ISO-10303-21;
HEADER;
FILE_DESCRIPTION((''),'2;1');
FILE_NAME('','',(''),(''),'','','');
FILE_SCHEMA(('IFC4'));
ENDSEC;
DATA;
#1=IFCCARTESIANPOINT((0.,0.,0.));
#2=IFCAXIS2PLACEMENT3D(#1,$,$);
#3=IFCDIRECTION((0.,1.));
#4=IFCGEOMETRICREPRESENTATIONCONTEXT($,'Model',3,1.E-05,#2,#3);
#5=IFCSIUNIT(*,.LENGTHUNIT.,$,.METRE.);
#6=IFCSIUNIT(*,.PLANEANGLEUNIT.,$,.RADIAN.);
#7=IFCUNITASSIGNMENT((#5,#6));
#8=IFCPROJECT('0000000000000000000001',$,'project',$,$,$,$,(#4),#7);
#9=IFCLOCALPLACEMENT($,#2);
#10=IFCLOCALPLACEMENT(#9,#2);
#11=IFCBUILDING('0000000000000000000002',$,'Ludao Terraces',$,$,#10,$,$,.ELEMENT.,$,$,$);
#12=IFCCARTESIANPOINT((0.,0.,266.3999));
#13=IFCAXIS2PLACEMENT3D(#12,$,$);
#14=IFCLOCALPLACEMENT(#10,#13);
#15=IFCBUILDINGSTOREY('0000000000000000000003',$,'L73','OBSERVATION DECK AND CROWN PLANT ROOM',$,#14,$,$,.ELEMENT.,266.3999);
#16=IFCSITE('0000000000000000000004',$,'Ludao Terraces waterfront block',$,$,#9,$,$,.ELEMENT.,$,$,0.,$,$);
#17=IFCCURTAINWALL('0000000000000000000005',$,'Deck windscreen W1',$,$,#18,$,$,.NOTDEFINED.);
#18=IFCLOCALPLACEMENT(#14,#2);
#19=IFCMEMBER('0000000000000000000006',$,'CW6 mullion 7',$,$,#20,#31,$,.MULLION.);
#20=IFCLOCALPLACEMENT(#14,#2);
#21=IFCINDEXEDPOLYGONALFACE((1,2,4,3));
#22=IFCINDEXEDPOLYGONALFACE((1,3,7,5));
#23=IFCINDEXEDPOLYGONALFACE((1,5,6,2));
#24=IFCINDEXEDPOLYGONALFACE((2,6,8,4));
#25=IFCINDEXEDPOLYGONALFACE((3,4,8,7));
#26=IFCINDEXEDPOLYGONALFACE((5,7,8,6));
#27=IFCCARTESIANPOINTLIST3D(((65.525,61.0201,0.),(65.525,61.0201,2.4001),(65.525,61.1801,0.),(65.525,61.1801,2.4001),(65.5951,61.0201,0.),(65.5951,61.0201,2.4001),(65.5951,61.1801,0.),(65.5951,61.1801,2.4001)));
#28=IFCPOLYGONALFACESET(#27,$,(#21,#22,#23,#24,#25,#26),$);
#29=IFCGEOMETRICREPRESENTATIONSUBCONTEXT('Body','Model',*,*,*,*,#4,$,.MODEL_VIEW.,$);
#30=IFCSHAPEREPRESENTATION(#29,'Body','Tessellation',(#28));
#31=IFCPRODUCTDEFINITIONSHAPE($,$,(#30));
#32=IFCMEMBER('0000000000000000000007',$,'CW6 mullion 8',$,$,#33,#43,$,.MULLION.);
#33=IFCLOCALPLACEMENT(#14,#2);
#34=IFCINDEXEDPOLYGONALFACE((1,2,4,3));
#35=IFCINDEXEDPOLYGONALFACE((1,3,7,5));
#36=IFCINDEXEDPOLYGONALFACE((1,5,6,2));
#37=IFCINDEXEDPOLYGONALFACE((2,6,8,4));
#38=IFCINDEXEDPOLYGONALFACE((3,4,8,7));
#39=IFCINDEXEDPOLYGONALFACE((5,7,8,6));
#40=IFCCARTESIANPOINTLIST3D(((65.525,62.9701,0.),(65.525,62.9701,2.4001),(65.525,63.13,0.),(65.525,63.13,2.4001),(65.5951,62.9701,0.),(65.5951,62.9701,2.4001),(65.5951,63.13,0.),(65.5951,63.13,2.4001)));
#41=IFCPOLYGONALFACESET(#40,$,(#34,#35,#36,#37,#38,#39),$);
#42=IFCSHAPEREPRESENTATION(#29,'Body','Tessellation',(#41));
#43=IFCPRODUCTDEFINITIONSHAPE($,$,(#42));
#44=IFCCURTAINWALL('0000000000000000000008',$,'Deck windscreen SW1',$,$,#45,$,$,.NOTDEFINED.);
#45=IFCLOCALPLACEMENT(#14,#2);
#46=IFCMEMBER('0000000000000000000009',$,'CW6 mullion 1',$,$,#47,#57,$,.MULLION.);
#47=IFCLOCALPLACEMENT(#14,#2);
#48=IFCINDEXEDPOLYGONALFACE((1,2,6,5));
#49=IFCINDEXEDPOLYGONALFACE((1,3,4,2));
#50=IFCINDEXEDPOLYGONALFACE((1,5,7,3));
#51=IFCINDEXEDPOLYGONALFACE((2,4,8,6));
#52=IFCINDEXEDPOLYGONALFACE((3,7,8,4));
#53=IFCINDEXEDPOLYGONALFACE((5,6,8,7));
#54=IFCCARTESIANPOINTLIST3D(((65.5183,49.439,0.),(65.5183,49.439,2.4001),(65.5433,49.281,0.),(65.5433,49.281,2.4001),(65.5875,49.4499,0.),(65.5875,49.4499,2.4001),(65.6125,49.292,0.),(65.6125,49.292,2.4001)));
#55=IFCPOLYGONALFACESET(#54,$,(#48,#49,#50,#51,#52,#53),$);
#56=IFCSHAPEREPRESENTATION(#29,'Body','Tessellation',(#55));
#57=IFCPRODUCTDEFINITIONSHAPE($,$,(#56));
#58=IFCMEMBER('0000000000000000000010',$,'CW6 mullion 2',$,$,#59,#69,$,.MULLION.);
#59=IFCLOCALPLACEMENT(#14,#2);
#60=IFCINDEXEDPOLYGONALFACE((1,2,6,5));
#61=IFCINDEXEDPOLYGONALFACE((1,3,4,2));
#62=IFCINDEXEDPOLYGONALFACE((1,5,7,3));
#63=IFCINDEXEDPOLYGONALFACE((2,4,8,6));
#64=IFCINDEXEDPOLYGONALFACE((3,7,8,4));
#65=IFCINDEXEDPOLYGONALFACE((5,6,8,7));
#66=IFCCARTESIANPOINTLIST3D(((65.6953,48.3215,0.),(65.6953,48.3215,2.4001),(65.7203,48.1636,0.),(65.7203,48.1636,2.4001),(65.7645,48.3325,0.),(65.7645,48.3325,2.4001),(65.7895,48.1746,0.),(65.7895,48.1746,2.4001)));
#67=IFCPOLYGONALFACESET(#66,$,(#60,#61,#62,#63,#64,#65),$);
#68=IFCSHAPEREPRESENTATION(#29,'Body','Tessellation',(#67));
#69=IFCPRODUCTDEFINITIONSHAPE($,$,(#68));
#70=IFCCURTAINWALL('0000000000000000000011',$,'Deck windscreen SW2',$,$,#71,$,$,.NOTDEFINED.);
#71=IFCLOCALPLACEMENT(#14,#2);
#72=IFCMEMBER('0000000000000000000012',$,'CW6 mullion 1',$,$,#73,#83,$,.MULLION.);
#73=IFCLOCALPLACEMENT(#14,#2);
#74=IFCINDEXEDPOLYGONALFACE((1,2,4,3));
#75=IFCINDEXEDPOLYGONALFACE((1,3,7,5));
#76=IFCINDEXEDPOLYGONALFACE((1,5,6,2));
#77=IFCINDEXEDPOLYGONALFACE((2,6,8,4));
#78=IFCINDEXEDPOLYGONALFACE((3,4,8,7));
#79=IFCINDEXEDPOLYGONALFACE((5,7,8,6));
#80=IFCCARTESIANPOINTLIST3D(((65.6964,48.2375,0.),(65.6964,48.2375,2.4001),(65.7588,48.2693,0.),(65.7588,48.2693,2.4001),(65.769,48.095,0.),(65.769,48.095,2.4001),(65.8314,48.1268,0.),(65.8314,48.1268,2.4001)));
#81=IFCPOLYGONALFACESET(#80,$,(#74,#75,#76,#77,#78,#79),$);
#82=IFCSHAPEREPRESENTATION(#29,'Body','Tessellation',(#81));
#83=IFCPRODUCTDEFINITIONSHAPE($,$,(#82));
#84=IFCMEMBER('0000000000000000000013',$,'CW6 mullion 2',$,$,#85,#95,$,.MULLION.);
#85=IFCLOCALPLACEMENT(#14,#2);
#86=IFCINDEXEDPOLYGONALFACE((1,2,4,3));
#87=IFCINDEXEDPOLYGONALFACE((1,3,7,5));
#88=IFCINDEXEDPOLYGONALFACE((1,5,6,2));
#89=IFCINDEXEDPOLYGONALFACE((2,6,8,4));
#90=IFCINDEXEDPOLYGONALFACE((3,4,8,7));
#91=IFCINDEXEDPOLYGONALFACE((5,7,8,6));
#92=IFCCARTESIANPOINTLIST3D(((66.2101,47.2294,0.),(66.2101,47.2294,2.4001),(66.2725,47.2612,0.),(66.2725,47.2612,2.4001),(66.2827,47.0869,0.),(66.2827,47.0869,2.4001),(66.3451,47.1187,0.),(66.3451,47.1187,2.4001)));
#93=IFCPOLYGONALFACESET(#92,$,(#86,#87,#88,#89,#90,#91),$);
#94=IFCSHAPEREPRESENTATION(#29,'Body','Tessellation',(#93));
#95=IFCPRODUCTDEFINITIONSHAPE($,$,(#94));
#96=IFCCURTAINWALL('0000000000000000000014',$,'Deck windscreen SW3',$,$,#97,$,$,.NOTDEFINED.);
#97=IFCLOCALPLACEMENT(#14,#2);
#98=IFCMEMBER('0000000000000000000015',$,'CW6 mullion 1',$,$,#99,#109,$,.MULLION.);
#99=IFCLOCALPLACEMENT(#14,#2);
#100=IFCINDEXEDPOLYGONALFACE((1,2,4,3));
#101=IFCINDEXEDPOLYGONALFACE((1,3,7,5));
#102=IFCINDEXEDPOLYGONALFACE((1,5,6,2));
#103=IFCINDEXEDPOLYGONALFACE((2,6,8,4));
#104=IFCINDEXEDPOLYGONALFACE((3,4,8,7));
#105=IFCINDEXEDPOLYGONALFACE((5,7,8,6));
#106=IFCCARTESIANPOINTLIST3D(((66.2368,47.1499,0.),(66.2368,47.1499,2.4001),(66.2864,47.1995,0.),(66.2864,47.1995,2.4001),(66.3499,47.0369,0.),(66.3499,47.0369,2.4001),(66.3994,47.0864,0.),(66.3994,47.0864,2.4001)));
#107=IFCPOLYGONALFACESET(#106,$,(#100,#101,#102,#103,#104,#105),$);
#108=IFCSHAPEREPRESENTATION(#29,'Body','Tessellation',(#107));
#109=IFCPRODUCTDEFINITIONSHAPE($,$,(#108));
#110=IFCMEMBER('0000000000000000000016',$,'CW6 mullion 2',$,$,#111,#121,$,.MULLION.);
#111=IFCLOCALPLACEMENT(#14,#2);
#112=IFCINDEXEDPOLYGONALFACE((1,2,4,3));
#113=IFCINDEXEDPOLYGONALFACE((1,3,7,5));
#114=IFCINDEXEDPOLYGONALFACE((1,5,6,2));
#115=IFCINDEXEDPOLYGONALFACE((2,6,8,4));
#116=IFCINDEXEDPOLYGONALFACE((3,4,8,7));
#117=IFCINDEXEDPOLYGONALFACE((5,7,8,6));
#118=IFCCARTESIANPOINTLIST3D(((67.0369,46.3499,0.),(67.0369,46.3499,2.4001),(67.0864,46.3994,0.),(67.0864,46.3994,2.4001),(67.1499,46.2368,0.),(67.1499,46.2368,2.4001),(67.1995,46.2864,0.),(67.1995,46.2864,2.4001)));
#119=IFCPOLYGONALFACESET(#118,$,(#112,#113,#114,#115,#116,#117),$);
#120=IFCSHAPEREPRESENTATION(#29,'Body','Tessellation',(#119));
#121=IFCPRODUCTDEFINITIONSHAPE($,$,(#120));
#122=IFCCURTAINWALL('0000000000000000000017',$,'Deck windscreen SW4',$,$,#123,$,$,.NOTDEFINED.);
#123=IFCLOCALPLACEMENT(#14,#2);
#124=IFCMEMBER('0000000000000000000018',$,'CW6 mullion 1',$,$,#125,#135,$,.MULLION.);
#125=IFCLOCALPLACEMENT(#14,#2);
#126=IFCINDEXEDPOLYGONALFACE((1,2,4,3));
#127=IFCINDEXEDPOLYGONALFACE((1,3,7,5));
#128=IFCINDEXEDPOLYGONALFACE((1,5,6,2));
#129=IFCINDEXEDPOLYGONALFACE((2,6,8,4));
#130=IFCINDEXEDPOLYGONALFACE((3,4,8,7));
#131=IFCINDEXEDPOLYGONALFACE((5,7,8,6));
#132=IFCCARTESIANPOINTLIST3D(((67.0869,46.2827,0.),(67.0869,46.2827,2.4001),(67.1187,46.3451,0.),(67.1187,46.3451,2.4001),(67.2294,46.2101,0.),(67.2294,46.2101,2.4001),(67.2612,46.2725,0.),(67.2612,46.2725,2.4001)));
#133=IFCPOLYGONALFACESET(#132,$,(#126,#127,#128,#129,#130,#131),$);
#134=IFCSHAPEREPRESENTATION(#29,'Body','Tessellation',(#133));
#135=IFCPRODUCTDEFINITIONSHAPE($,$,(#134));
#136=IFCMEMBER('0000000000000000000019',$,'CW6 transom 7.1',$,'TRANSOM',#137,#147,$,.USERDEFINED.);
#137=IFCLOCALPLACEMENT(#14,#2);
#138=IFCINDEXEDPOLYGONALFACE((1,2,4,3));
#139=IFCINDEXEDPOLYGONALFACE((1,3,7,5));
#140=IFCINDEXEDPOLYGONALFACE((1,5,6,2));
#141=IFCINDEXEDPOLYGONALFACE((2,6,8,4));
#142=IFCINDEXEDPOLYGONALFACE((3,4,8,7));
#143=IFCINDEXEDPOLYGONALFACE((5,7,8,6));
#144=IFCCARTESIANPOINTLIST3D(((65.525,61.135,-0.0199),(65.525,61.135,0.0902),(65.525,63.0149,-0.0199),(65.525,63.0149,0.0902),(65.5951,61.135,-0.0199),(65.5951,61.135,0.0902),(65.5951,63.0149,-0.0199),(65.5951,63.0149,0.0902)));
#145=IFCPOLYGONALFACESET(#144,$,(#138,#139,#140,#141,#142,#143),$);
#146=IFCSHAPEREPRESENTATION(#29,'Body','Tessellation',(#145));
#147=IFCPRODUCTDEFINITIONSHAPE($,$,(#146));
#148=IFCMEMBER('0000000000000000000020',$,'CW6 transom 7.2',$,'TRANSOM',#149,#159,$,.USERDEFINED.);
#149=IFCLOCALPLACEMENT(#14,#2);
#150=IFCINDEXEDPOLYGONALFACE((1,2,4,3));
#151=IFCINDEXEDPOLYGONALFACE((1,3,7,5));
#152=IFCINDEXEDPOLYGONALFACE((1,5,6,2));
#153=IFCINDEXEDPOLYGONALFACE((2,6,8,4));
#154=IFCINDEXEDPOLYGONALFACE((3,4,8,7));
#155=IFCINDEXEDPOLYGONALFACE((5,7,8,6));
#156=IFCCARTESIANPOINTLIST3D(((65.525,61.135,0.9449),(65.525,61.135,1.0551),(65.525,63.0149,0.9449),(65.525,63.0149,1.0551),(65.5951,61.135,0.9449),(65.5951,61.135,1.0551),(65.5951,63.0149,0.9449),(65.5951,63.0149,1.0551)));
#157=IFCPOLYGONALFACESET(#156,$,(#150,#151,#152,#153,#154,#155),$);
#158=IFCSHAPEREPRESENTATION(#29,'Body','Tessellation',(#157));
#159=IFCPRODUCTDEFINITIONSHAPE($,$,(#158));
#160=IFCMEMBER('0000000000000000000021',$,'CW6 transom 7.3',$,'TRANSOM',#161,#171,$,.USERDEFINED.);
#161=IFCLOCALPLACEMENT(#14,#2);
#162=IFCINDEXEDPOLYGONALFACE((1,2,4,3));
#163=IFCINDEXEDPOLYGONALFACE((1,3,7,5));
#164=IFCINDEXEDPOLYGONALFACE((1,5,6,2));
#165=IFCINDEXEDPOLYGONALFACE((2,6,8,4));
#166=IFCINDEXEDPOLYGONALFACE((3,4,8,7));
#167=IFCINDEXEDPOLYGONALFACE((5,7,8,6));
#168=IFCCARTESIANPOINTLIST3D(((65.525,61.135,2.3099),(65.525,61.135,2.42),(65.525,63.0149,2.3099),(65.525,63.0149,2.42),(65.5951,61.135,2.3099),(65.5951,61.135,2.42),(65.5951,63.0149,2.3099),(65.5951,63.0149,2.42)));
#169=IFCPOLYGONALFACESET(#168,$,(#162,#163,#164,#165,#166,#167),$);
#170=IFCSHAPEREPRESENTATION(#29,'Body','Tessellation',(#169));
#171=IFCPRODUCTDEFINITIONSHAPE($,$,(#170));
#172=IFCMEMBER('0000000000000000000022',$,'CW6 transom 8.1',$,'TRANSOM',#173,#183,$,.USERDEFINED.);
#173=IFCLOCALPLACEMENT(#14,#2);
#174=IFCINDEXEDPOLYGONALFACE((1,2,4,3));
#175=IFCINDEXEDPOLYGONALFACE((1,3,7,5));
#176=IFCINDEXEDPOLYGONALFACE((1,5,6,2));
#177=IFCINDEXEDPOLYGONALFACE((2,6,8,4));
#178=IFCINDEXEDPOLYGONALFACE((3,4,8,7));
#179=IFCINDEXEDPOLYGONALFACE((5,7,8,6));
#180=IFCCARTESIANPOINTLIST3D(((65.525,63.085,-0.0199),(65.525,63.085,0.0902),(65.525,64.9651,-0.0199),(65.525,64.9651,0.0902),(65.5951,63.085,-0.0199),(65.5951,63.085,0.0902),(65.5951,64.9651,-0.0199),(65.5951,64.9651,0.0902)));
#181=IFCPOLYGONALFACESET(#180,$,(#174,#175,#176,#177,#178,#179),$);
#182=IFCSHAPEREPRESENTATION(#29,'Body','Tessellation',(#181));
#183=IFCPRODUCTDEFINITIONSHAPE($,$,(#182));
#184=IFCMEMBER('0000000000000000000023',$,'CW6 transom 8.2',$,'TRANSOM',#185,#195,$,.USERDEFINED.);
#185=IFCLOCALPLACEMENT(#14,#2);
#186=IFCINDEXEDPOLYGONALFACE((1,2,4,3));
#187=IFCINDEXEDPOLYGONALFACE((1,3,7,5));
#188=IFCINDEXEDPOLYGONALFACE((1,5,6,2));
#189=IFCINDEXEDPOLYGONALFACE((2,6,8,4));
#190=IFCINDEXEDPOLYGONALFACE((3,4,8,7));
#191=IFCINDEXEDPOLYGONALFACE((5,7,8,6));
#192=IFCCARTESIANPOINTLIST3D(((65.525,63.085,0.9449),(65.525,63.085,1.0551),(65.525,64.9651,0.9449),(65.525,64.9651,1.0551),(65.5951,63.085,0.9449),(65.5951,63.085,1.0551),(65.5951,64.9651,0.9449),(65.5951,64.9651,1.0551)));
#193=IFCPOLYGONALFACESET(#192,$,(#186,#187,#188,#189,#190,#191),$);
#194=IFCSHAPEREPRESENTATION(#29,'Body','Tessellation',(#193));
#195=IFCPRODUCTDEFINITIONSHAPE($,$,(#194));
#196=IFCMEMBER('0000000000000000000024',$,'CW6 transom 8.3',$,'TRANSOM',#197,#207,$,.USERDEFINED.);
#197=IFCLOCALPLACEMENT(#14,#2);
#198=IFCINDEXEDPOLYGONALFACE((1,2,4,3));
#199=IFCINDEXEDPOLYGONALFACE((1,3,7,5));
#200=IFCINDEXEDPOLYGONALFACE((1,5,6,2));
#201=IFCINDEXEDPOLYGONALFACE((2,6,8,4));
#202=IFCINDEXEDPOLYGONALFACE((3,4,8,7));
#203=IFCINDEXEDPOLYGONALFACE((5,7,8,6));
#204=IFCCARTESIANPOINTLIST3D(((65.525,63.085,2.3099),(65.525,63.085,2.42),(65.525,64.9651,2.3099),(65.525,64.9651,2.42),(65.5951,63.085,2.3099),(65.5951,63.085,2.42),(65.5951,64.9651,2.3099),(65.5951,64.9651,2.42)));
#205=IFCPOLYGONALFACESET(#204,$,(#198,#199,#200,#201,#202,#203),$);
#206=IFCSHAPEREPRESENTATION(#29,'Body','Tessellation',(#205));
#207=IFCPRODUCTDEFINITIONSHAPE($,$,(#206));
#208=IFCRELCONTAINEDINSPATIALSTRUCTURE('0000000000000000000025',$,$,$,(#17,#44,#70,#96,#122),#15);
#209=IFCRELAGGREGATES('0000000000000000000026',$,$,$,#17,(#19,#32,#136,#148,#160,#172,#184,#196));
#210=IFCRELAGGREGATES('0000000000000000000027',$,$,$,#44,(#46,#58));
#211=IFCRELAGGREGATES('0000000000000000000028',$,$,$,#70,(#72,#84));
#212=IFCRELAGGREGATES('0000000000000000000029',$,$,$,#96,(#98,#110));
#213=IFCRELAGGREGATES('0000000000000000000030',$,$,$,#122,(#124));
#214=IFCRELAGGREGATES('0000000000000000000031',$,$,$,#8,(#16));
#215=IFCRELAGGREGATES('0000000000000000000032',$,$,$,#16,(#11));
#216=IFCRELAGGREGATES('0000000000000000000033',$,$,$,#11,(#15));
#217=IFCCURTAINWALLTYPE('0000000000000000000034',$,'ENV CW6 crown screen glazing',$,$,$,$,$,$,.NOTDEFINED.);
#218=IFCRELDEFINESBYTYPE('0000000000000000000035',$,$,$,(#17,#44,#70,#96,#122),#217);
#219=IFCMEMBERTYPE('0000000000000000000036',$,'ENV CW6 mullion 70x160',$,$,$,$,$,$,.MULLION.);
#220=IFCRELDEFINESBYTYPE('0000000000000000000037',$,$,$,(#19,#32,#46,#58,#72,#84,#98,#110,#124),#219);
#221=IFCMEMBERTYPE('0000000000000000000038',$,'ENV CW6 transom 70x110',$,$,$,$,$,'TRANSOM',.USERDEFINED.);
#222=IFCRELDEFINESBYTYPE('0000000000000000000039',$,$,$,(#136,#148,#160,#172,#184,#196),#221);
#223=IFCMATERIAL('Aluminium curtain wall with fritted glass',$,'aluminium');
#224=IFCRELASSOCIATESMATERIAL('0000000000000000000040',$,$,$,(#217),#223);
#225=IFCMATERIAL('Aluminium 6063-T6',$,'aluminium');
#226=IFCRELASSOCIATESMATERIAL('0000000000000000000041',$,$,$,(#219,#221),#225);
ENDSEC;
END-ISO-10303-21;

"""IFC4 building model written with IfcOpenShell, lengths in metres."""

from ifc_helpers import new_model, si_unit, direction, frame, origin, origin_2d, place, context, subcontext, project, spatial, rectangle, extrude, material, material_profile, profile_set, type_object, element, aggregate, save


model = new_model("IFC4")

# Units and contexts
model_context = context("Model", 3, precision=1e-05, world=origin(), true_north=direction((0.0, 1.0)))
body_context = subcontext(model_context, "Body", "Model", "MODEL_VIEW")
ifc_project = project(units=[si_unit("LENGTHUNIT", "METRE"), si_unit("PLANEANGLEUNIT", "RADIAN")], contexts=[model_context])

# Site, building, storey
site_placement = place(None, origin())
site = spatial("IfcSite", under=ifc_project, at=site_placement, Name="Ludao Terraces waterfront block", CompositionType="ELEMENT", RefElevation=0.0)
building_placement = place(site_placement, origin())
building = spatial("IfcBuilding", under=site, at=building_placement, Name="Ludao Terraces", CompositionType="ELEMENT")
storey_placement = place(building_placement, frame((0.0, 0.0, 266.3999)))
storey = spatial("IfcBuildingStorey", under=building, at=storey_placement, Name="L73", Description="OBSERVATION DECK AND CROWN PLANT ROOM", CompositionType="ELEMENT", Elevation=266.3999)

# Curtain walls, members
ifc_material_1 = material(Name="Aluminium curtain wall with fritted glass", Category="aluminium")
curtain_wall_type = type_object("IfcCurtainWallType", Name="ENV CW6 crown screen glazing", PredefinedType="NOTDEFINED", material=ifc_material_1)
curtain_wall_1_placement = place(storey_placement, origin())
curtain_wall_1 = element("IfcCurtainWall", 1, at=curtain_wall_1_placement, inside=storey, type_object=curtain_wall_type, Name="Deck windscreen W1", PredefinedType="NOTDEFINED")
ifc_material_2 = material(Name="Aluminium 6063-T6", Category="aluminium")
ifc_material_profile_1 = material_profile(ifc_material_2, rectangle(XDim=0.0701, YDim=0.1599, at=origin_2d()), Name="70 X 160")
ifc_profile_set_1 = profile_set([ifc_material_profile_1], Name="Aluminium 6063-T6")
member_type_1 = type_object("IfcMemberType", Name="ENV CW6 mullion 70x160", PredefinedType="MULLION", material=ifc_profile_set_1)
member_1_placement = place(storey_placement, frame((65.5601, 61.1001, 0.0), z_axis=(0.0, 0.0, 1.0), x_axis=(-1.0, 0.0, 0.0)))
member_1 = element("IfcMember", 2, at=member_1_placement, type_object=member_type_1, Name="CW6 mullion 7", PredefinedType="MULLION", context=body_context, shape_type="SweptSolid", body=[
    extrude(rectangle(XDim=0.0701, YDim=0.1599, at=origin_2d()), origin(), (0.0, 0.0, 1.0), 2.4001),
])
member_2_placement = place(storey_placement, frame((65.5601, 63.05, 0.0), z_axis=(0.0, 0.0, 1.0), x_axis=(-1.0, 0.0, 0.0)))
member_2 = element("IfcMember", 3, at=member_2_placement, type_object=member_type_1, Name="CW6 mullion 8", PredefinedType="MULLION", context=body_context, shape_type="SweptSolid", body=[
    extrude(rectangle(XDim=0.0701, YDim=0.1599, at=origin_2d()), origin(), (0.0, 0.0, 1.0), 2.4001),
])
curtain_wall_2_placement = place(storey_placement, origin())
curtain_wall_2 = element("IfcCurtainWall", 4, at=curtain_wall_2_placement, inside=storey, type_object=curtain_wall_type, Name="Deck windscreen SW1", PredefinedType="NOTDEFINED")
member_3_placement = place(storey_placement, frame((65.5654, 49.3655, 0.0), z_axis=(0.0, 0.0, 1.0), x_axis=(0.987688, 0.156435, 0.0)))
member_3 = element("IfcMember", 5, at=member_3_placement, type_object=member_type_1, Name="CW6 mullion 1", PredefinedType="MULLION", context=body_context, shape_type="SweptSolid", body=[
    extrude(rectangle(XDim=0.0701, YDim=0.1599, at=origin_2d()), origin(), (0.0, 0.0, 1.0), 2.4001),
])
member_4_placement = place(storey_placement, frame((65.7424, 48.248, 0.0), z_axis=(0.0, 0.0, 1.0), x_axis=(0.987688, 0.156435, 0.0)))
member_4 = element("IfcMember", 6, at=member_4_placement, type_object=member_type_1, Name="CW6 mullion 2", PredefinedType="MULLION", context=body_context, shape_type="SweptSolid", body=[
    extrude(rectangle(XDim=0.0701, YDim=0.1599, at=origin_2d()), origin(), (0.0, 0.0, 1.0), 2.4001),
])
curtain_wall_3_placement = place(storey_placement, origin())
curtain_wall_3 = element("IfcCurtainWall", 7, at=curtain_wall_3_placement, inside=storey, type_object=curtain_wall_type, Name="Deck windscreen SW2", PredefinedType="NOTDEFINED")
member_5_placement = place(storey_placement, frame((65.7639, 48.1821, 0.0), z_axis=(0.0, 0.0, 1.0), x_axis=(0.891006, 0.453991, 0.0)))
member_5 = element("IfcMember", 8, at=member_5_placement, type_object=member_type_1, Name="CW6 mullion 1", PredefinedType="MULLION", context=body_context, shape_type="SweptSolid", body=[
    extrude(rectangle(XDim=0.0701, YDim=0.1599, at=origin_2d()), origin(), (0.0, 0.0, 1.0), 2.4001),
])
member_6_placement = place(storey_placement, frame((66.2776, 47.1741, 0.0), z_axis=(0.0, 0.0, 1.0), x_axis=(0.891006, 0.453991, 0.0)))
member_6 = element("IfcMember", 9, at=member_6_placement, type_object=member_type_1, Name="CW6 mullion 2", PredefinedType="MULLION", context=body_context, shape_type="SweptSolid", body=[
    extrude(rectangle(XDim=0.0701, YDim=0.1599, at=origin_2d()), origin(), (0.0, 0.0, 1.0), 2.4001),
])
curtain_wall_4_placement = place(storey_placement, origin())
curtain_wall_4 = element("IfcCurtainWall", 10, at=curtain_wall_4_placement, inside=storey, type_object=curtain_wall_type, Name="Deck windscreen SW3", PredefinedType="NOTDEFINED")
member_7_placement = place(storey_placement, frame((66.3181, 47.1182, 0.0), z_axis=(0.0, 0.0, 1.0), x_axis=(0.707107, 0.707107, 0.0)))
member_7 = element("IfcMember", 11, at=member_7_placement, type_object=member_type_1, Name="CW6 mullion 1", PredefinedType="MULLION", context=body_context, shape_type="SweptSolid", body=[
    extrude(rectangle(XDim=0.0701, YDim=0.1599, at=origin_2d()), origin(), (0.0, 0.0, 1.0), 2.4001),
])
member_8_placement = place(storey_placement, frame((67.1182, 46.3181, 0.0), z_axis=(0.0, 0.0, 1.0), x_axis=(0.707107, 0.707107, 0.0)))
member_8 = element("IfcMember", 12, at=member_8_placement, type_object=member_type_1, Name="CW6 mullion 2", PredefinedType="MULLION", context=body_context, shape_type="SweptSolid", body=[
    extrude(rectangle(XDim=0.0701, YDim=0.1599, at=origin_2d()), origin(), (0.0, 0.0, 1.0), 2.4001),
])

# Curtain wall, member
curtain_wall_5_placement = place(storey_placement, origin())
curtain_wall_5 = element("IfcCurtainWall", 13, at=curtain_wall_5_placement, inside=storey, type_object=curtain_wall_type, Name="Deck windscreen SW4", PredefinedType="NOTDEFINED")
member_9_placement = place(storey_placement, frame((67.1741, 46.2776, 0.0), z_axis=(0.0, 0.0, 1.0), x_axis=(0.453991, 0.891006, 0.0)))
member_9 = element("IfcMember", 14, at=member_9_placement, type_object=member_type_1, Name="CW6 mullion 1", PredefinedType="MULLION", context=body_context, shape_type="SweptSolid", body=[
    extrude(rectangle(XDim=0.0701, YDim=0.1599, at=origin_2d()), origin(), (0.0, 0.0, 1.0), 2.4001),
])

# Members
ifc_material_profile_2 = material_profile(ifc_material_2, rectangle(XDim=0.0701, YDim=0.1101, at=origin_2d()), Name="70 X 110")
ifc_profile_set_2 = profile_set([ifc_material_profile_2], Name="Aluminium 6063-T6")
member_type_2 = type_object("IfcMemberType", Name="ENV CW6 transom 70x110", ElementType="TRANSOM", PredefinedType="USERDEFINED", material=ifc_profile_set_2)
member_10_placement = place(storey_placement, frame((65.5601, 61.135, 0.0352), z_axis=(0.0, 1.0, 0.0), x_axis=(-1.0, 0.0, 0.0)))
member_10 = element("IfcMember", 15, at=member_10_placement, type_object=member_type_2, Name="CW6 transom 7.1", ObjectType="TRANSOM", PredefinedType="USERDEFINED", context=body_context, shape_type="SweptSolid", body=[
    extrude(rectangle(XDim=0.0701, YDim=0.1101, at=origin_2d()), origin(), (0.0, 0.0, 1.0), 1.8799),
])
member_11_placement = place(storey_placement, frame((65.5601, 61.135, 1.0), z_axis=(0.0, 1.0, 0.0), x_axis=(-1.0, 0.0, 0.0)))
member_11 = element("IfcMember", 16, at=member_11_placement, type_object=member_type_2, Name="CW6 transom 7.2", ObjectType="TRANSOM", PredefinedType="USERDEFINED", context=body_context, shape_type="SweptSolid", body=[
    extrude(rectangle(XDim=0.0701, YDim=0.1101, at=origin_2d()), origin(), (0.0, 0.0, 1.0), 1.8799),
])
member_12_placement = place(storey_placement, frame((65.5601, 61.135, 2.365), z_axis=(0.0, 1.0, 0.0), x_axis=(-1.0, 0.0, 0.0)))
member_12 = element("IfcMember", 17, at=member_12_placement, type_object=member_type_2, Name="CW6 transom 7.3", ObjectType="TRANSOM", PredefinedType="USERDEFINED", context=body_context, shape_type="SweptSolid", body=[
    extrude(rectangle(XDim=0.0701, YDim=0.1101, at=origin_2d()), origin(), (0.0, 0.0, 1.0), 1.8799),
])
member_13_placement = place(storey_placement, frame((65.5601, 63.085, 0.0352), z_axis=(0.0, 1.0, 0.0), x_axis=(-1.0, 0.0, 0.0)))
member_13 = element("IfcMember", 18, at=member_13_placement, type_object=member_type_2, Name="CW6 transom 8.1", ObjectType="TRANSOM", PredefinedType="USERDEFINED", context=body_context, shape_type="SweptSolid", body=[
    extrude(rectangle(XDim=0.0701, YDim=0.1101, at=origin_2d()), origin(), (0.0, 0.0, 1.0), 1.8801),
])
member_14_placement = place(storey_placement, frame((65.5601, 63.085, 1.0), z_axis=(0.0, 1.0, 0.0), x_axis=(-1.0, 0.0, 0.0)))
member_14 = element("IfcMember", 19, at=member_14_placement, type_object=member_type_2, Name="CW6 transom 8.2", ObjectType="TRANSOM", PredefinedType="USERDEFINED", context=body_context, shape_type="SweptSolid", body=[
    extrude(rectangle(XDim=0.0701, YDim=0.1101, at=origin_2d()), origin(), (0.0, 0.0, 1.0), 1.8801),
])
member_15_placement = place(storey_placement, frame((65.5601, 63.085, 2.365), z_axis=(0.0, 1.0, 0.0), x_axis=(-1.0, 0.0, 0.0)))
member_15 = element("IfcMember", 20, at=member_15_placement, type_object=member_type_2, Name="CW6 transom 8.3", ObjectType="TRANSOM", PredefinedType="USERDEFINED", context=body_context, shape_type="SweptSolid", body=[
    extrude(rectangle(XDim=0.0701, YDim=0.1101, at=origin_2d()), origin(), (0.0, 0.0, 1.0), 1.8801),
])

aggregate(curtain_wall_1, [member_1, member_2, member_10, member_11, member_12, member_13, member_14, member_15])
aggregate(curtain_wall_2, [member_3, member_4])
aggregate(curtain_wall_3, [member_5, member_6])
aggregate(curtain_wall_4, [member_7, member_8])
aggregate(curtain_wall_5, [member_9])

save(model, "model.ifc")
